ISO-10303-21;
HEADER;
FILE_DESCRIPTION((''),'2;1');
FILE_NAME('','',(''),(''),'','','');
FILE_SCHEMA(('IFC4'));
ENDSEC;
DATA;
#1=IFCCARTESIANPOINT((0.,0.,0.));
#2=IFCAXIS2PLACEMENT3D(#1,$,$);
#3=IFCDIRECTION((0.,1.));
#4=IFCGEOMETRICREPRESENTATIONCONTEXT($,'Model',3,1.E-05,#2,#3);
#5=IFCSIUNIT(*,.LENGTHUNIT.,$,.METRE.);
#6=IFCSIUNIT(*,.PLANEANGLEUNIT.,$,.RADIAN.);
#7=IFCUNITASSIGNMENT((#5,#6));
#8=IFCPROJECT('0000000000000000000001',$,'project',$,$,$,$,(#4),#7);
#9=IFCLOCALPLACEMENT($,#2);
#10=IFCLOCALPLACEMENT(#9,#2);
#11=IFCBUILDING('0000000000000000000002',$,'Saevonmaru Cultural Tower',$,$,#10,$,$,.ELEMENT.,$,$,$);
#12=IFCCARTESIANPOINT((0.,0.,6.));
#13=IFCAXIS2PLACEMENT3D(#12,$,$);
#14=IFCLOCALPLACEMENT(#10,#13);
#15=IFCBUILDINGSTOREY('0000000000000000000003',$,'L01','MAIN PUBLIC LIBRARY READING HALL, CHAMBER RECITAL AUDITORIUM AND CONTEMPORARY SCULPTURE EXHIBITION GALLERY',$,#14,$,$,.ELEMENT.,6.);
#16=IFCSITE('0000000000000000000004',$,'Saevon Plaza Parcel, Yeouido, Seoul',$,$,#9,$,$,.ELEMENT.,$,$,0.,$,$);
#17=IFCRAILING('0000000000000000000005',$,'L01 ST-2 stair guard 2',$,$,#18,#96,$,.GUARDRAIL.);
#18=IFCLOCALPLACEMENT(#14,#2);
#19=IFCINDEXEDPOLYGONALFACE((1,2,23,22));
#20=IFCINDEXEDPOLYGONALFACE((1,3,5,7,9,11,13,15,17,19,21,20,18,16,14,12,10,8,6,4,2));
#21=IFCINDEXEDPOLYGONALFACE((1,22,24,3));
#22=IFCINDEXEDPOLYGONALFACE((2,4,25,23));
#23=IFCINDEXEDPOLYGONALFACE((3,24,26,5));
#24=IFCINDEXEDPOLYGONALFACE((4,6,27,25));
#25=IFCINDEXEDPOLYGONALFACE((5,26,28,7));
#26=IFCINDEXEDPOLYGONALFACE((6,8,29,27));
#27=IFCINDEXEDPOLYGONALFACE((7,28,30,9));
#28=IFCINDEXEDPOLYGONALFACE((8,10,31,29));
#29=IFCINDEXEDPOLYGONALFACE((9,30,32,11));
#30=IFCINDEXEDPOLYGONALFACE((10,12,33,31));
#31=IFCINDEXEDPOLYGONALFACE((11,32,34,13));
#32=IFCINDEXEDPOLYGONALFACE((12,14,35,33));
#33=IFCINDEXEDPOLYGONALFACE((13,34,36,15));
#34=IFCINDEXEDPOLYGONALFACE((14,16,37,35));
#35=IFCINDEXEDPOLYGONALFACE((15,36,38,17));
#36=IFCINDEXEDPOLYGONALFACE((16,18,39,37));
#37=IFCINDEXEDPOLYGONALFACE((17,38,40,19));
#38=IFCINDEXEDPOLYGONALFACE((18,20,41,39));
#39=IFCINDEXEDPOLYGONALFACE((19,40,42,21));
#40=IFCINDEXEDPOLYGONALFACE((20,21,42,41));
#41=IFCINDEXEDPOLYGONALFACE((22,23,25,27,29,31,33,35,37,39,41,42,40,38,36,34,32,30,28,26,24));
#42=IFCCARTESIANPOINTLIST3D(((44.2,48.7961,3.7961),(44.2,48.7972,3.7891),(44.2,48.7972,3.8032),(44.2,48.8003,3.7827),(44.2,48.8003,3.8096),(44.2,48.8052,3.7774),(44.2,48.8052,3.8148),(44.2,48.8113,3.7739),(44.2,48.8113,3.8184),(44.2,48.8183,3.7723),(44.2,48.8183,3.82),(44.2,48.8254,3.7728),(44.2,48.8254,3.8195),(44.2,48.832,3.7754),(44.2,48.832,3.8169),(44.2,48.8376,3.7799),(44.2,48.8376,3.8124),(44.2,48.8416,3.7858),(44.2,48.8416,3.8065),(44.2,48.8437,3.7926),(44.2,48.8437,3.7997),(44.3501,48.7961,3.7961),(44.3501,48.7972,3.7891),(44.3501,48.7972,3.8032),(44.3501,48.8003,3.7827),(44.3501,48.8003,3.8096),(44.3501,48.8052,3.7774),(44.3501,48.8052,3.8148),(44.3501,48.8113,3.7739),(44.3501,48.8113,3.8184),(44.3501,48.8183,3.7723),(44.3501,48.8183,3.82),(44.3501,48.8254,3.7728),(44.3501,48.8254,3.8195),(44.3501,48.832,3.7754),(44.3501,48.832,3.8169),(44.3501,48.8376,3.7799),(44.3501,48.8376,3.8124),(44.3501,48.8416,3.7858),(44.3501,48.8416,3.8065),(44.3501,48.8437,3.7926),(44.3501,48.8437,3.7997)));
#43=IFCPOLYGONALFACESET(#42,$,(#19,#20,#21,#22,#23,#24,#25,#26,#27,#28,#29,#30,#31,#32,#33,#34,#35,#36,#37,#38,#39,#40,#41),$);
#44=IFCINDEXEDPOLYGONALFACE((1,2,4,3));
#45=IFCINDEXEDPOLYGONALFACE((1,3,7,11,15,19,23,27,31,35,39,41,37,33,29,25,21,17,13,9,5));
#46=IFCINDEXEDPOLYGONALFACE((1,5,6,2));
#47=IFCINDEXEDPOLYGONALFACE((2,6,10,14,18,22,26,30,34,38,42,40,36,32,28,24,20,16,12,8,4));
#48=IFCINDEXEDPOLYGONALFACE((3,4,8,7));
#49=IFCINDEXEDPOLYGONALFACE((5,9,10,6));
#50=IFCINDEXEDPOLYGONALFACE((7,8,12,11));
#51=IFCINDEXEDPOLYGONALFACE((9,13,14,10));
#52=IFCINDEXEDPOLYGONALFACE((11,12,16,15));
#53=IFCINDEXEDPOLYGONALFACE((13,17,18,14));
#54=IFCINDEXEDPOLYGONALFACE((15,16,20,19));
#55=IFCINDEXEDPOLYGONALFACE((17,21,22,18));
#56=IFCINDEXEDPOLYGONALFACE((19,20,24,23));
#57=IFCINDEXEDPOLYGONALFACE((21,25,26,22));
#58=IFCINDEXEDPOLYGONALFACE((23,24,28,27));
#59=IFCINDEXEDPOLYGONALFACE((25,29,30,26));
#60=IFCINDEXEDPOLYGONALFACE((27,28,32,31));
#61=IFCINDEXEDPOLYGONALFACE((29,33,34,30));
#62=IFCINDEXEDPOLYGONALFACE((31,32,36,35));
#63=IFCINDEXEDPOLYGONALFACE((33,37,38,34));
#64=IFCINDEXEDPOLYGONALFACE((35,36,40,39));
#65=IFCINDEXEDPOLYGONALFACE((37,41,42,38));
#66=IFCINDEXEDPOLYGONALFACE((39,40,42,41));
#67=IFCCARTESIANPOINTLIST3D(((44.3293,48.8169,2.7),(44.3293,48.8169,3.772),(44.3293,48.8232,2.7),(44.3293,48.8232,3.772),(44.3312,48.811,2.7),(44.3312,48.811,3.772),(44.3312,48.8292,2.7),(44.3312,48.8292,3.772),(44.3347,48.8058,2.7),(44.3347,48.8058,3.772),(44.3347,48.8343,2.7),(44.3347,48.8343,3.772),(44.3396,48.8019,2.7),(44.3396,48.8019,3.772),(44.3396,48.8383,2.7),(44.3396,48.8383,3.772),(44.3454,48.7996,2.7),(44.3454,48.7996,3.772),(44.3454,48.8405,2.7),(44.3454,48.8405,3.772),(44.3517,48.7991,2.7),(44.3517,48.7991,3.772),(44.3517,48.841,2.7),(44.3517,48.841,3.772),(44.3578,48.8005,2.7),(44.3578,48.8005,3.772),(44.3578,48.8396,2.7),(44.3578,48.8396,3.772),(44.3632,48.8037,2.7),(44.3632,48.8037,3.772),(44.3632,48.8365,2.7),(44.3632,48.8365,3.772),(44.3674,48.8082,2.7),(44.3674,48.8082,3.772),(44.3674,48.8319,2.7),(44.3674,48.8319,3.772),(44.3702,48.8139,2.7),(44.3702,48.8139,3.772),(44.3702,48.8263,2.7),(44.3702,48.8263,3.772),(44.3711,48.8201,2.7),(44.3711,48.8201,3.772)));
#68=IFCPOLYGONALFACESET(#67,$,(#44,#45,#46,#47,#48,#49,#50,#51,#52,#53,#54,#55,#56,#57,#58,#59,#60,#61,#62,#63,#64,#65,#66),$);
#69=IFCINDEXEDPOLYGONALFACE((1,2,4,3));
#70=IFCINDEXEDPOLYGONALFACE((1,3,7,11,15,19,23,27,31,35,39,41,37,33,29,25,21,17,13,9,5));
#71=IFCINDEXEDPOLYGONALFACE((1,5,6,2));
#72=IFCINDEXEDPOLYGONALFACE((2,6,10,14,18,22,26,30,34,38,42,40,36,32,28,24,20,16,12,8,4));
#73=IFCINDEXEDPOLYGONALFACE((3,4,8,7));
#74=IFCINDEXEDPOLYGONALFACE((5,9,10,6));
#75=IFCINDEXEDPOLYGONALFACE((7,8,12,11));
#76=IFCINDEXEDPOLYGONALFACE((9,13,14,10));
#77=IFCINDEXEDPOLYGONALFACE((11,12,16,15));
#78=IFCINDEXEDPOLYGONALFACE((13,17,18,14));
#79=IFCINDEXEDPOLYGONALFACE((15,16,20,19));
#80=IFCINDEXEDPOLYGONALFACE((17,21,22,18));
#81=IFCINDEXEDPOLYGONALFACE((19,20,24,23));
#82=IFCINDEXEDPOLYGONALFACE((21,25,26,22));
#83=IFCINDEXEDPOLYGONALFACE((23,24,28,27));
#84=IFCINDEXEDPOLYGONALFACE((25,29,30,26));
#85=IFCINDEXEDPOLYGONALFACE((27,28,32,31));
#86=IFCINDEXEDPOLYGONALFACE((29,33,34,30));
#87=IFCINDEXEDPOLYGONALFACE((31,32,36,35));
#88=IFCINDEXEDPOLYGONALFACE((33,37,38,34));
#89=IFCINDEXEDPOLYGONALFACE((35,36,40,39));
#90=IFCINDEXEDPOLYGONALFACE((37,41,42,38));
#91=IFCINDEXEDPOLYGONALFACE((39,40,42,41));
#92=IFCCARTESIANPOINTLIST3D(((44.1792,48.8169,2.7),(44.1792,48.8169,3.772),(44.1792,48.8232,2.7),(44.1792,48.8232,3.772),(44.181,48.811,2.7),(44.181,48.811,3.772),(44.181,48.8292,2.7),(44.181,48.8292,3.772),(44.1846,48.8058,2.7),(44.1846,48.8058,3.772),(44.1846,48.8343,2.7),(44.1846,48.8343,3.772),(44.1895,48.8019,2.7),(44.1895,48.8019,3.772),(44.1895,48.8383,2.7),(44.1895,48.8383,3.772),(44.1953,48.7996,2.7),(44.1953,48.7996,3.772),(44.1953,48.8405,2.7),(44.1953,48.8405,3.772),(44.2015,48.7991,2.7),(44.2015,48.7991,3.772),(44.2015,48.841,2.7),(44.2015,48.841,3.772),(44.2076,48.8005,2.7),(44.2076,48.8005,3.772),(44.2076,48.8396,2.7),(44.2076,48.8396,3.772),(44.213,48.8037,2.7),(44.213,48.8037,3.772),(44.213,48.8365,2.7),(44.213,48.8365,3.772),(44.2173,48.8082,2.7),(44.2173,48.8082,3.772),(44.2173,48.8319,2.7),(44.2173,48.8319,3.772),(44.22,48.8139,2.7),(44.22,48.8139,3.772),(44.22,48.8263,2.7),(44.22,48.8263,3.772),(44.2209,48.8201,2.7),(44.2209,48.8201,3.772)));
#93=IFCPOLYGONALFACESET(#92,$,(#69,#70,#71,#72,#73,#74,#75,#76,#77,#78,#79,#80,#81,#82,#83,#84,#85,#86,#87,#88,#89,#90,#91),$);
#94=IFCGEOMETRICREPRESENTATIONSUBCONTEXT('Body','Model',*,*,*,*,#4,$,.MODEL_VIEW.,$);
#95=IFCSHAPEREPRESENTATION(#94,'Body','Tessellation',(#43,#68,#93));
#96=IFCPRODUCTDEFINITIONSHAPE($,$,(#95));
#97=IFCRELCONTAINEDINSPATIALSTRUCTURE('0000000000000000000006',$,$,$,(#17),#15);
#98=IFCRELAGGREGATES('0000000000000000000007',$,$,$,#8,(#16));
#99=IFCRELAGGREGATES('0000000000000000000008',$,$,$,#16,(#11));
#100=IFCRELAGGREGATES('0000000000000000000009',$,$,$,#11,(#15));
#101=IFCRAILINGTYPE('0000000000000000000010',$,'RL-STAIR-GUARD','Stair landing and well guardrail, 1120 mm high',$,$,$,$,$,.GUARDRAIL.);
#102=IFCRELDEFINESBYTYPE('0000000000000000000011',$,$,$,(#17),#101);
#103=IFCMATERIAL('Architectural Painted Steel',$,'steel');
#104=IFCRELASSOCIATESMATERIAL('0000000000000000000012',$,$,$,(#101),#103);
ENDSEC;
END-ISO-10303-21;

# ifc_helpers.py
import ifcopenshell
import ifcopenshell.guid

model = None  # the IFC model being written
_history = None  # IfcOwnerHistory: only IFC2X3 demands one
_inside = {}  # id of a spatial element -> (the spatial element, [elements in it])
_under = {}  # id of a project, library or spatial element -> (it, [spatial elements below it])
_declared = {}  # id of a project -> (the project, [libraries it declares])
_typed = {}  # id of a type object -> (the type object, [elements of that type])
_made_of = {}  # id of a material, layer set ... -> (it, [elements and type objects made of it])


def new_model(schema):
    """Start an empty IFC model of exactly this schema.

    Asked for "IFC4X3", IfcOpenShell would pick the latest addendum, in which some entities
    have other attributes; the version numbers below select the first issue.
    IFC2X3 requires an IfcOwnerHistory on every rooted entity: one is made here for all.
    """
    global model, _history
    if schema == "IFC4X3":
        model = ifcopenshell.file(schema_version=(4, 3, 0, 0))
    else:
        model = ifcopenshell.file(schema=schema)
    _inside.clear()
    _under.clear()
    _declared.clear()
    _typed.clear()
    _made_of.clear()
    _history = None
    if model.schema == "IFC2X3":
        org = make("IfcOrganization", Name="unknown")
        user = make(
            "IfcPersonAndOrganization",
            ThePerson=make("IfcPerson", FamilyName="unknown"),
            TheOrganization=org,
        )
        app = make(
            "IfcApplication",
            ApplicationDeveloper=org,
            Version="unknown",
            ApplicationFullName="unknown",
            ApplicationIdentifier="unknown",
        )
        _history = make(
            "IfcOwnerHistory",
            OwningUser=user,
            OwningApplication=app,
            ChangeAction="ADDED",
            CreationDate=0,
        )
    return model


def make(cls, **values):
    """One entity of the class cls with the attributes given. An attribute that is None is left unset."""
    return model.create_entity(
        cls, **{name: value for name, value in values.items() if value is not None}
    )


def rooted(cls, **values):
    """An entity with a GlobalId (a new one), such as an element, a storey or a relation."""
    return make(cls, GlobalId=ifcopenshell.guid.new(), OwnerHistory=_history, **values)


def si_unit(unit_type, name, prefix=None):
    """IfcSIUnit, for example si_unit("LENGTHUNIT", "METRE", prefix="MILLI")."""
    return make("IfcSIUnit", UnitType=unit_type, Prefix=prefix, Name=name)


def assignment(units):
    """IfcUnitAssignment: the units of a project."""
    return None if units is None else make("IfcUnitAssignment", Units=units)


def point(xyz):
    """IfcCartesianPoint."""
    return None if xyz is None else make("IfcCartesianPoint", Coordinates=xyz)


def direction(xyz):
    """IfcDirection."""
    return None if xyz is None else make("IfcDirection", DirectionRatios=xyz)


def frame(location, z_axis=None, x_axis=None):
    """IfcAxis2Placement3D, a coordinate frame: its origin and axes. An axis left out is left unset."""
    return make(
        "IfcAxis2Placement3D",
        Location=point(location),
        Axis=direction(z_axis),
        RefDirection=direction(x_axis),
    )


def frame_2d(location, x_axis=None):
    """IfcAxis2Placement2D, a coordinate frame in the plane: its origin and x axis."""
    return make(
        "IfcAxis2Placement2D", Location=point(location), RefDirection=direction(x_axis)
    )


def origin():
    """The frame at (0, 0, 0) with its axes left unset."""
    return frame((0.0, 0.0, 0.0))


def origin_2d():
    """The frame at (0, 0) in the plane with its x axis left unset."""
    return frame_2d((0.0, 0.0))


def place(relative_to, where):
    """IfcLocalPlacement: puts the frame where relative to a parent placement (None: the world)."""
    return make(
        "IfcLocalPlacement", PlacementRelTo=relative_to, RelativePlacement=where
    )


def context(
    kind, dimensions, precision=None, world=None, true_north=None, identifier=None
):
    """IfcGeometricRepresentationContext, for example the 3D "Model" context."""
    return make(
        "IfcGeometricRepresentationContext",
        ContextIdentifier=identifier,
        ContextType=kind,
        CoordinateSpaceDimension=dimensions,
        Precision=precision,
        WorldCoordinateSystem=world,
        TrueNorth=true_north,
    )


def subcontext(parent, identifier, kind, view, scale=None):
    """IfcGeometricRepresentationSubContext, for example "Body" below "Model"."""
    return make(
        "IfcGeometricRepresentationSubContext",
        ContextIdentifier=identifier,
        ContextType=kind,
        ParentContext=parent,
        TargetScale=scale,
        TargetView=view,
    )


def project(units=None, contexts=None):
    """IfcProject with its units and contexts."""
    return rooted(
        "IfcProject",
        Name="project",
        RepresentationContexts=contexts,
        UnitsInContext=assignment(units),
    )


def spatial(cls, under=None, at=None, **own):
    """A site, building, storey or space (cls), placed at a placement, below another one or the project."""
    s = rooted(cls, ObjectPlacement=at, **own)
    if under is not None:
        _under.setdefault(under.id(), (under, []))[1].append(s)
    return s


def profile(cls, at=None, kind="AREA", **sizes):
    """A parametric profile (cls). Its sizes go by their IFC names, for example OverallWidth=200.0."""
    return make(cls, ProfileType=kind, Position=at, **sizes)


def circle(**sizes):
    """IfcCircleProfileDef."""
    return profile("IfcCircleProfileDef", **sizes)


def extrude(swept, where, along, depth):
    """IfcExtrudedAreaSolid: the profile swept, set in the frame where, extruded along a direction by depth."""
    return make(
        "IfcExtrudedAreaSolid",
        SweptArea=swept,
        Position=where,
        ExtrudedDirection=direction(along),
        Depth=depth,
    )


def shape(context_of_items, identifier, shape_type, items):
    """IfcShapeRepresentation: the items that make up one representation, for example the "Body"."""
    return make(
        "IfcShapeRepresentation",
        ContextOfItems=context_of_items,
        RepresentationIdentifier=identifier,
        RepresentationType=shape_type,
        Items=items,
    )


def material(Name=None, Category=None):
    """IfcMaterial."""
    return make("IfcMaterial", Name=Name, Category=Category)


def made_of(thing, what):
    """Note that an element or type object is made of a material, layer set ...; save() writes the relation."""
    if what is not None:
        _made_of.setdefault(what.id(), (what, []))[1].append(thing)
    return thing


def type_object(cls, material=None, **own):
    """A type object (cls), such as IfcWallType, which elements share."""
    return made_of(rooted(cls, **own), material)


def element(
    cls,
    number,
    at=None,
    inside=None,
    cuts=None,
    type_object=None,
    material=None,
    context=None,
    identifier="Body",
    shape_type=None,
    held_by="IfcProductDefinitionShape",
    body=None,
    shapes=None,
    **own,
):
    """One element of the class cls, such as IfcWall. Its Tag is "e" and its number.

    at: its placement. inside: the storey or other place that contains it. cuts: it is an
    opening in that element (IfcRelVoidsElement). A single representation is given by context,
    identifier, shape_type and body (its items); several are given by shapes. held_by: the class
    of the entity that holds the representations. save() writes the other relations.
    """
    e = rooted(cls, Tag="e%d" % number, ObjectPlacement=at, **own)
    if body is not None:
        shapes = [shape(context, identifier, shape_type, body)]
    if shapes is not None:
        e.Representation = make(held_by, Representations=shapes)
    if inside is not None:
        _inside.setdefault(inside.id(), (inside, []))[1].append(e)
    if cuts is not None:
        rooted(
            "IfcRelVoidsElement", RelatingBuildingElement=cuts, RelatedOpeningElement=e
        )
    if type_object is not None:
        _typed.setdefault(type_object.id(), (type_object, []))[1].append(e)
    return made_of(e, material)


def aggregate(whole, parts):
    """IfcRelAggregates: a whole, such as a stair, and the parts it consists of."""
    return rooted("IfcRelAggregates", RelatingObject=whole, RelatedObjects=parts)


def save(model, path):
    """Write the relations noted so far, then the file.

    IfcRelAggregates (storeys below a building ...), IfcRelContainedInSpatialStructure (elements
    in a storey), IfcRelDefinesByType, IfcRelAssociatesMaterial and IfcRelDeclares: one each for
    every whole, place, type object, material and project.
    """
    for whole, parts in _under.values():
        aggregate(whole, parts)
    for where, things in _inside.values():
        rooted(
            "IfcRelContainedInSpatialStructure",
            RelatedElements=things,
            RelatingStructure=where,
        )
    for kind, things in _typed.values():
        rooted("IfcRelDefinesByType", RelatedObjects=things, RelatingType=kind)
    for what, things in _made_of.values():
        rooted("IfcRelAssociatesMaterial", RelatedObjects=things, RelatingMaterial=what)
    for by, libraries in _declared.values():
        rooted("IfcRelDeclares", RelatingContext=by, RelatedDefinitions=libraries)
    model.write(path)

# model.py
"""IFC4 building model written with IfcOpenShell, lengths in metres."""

from ifc_helpers import new_model, si_unit, direction, frame, origin, origin_2d, place, context, subcontext, project, spatial, circle, extrude, material, type_object, element, save


model = new_model("IFC4")

# Units and contexts
model_context = context("Model", 3, precision=1e-05, world=origin(), true_north=direction((0.0, 1.0)))
body_context = subcontext(model_context, "Body", "Model", "MODEL_VIEW")
ifc_project = project(units=[si_unit("LENGTHUNIT", "METRE"), si_unit("PLANEANGLEUNIT", "RADIAN")], contexts=[model_context])

# Site, building, storey
site_placement = place(None, origin())
site = spatial("IfcSite", under=ifc_project, at=site_placement, Name="Saevon Plaza Parcel, Yeouido, Seoul", CompositionType="ELEMENT", RefElevation=0.0)
building_placement = place(site_placement, origin())
building = spatial("IfcBuilding", under=site, at=building_placement, Name="Saevonmaru Cultural Tower", CompositionType="ELEMENT")
storey_placement = place(building_placement, frame((0.0, 0.0, 6.0)))
storey = spatial("IfcBuildingStorey", under=building, at=storey_placement, Name="L01", Description="MAIN PUBLIC LIBRARY READING HALL, CHAMBER RECITAL AUDITORIUM AND CONTEMPORARY SCULPTURE EXHIBITION GALLERY", CompositionType="ELEMENT", Elevation=6.0)

# Railing
ifc_material_1 = material(Name="Architectural Painted Steel", Category="steel")
railing_type_1 = type_object("IfcRailingType", Name="RL-STAIR-GUARD", Description="Stair landing and well guardrail, 1120 mm high", PredefinedType="GUARDRAIL", material=ifc_material_1)
railing_1_placement = place(storey_placement, frame((44.3501, 48.8201, 2.7)))
element("IfcRailing", 1, at=railing_1_placement, inside=storey, type_object=railing_type_1, Name="L01 ST-2 stair guard 2", PredefinedType="GUARDRAIL", context=body_context, shape_type="SweptSolid", body=[
    extrude(circle(Radius=0.0239, at=origin_2d()), frame((0.0, 0.0, 1.0962), z_axis=(-1.0, 0.0, 0.0), x_axis=(0.0, -1.0, 0.0)), (0.0, 0.0, 1.0), 0.1501),
    extrude(circle(Radius=0.021, at=origin_2d()), origin(), (0.0, 0.0, 1.0), 1.072),
    extrude(circle(Radius=0.021, at=origin_2d()), frame((-0.1501, 0.0, 0.0)), (0.0, 0.0, 1.0), 1.072),
])

save(model, "model.ifc")
